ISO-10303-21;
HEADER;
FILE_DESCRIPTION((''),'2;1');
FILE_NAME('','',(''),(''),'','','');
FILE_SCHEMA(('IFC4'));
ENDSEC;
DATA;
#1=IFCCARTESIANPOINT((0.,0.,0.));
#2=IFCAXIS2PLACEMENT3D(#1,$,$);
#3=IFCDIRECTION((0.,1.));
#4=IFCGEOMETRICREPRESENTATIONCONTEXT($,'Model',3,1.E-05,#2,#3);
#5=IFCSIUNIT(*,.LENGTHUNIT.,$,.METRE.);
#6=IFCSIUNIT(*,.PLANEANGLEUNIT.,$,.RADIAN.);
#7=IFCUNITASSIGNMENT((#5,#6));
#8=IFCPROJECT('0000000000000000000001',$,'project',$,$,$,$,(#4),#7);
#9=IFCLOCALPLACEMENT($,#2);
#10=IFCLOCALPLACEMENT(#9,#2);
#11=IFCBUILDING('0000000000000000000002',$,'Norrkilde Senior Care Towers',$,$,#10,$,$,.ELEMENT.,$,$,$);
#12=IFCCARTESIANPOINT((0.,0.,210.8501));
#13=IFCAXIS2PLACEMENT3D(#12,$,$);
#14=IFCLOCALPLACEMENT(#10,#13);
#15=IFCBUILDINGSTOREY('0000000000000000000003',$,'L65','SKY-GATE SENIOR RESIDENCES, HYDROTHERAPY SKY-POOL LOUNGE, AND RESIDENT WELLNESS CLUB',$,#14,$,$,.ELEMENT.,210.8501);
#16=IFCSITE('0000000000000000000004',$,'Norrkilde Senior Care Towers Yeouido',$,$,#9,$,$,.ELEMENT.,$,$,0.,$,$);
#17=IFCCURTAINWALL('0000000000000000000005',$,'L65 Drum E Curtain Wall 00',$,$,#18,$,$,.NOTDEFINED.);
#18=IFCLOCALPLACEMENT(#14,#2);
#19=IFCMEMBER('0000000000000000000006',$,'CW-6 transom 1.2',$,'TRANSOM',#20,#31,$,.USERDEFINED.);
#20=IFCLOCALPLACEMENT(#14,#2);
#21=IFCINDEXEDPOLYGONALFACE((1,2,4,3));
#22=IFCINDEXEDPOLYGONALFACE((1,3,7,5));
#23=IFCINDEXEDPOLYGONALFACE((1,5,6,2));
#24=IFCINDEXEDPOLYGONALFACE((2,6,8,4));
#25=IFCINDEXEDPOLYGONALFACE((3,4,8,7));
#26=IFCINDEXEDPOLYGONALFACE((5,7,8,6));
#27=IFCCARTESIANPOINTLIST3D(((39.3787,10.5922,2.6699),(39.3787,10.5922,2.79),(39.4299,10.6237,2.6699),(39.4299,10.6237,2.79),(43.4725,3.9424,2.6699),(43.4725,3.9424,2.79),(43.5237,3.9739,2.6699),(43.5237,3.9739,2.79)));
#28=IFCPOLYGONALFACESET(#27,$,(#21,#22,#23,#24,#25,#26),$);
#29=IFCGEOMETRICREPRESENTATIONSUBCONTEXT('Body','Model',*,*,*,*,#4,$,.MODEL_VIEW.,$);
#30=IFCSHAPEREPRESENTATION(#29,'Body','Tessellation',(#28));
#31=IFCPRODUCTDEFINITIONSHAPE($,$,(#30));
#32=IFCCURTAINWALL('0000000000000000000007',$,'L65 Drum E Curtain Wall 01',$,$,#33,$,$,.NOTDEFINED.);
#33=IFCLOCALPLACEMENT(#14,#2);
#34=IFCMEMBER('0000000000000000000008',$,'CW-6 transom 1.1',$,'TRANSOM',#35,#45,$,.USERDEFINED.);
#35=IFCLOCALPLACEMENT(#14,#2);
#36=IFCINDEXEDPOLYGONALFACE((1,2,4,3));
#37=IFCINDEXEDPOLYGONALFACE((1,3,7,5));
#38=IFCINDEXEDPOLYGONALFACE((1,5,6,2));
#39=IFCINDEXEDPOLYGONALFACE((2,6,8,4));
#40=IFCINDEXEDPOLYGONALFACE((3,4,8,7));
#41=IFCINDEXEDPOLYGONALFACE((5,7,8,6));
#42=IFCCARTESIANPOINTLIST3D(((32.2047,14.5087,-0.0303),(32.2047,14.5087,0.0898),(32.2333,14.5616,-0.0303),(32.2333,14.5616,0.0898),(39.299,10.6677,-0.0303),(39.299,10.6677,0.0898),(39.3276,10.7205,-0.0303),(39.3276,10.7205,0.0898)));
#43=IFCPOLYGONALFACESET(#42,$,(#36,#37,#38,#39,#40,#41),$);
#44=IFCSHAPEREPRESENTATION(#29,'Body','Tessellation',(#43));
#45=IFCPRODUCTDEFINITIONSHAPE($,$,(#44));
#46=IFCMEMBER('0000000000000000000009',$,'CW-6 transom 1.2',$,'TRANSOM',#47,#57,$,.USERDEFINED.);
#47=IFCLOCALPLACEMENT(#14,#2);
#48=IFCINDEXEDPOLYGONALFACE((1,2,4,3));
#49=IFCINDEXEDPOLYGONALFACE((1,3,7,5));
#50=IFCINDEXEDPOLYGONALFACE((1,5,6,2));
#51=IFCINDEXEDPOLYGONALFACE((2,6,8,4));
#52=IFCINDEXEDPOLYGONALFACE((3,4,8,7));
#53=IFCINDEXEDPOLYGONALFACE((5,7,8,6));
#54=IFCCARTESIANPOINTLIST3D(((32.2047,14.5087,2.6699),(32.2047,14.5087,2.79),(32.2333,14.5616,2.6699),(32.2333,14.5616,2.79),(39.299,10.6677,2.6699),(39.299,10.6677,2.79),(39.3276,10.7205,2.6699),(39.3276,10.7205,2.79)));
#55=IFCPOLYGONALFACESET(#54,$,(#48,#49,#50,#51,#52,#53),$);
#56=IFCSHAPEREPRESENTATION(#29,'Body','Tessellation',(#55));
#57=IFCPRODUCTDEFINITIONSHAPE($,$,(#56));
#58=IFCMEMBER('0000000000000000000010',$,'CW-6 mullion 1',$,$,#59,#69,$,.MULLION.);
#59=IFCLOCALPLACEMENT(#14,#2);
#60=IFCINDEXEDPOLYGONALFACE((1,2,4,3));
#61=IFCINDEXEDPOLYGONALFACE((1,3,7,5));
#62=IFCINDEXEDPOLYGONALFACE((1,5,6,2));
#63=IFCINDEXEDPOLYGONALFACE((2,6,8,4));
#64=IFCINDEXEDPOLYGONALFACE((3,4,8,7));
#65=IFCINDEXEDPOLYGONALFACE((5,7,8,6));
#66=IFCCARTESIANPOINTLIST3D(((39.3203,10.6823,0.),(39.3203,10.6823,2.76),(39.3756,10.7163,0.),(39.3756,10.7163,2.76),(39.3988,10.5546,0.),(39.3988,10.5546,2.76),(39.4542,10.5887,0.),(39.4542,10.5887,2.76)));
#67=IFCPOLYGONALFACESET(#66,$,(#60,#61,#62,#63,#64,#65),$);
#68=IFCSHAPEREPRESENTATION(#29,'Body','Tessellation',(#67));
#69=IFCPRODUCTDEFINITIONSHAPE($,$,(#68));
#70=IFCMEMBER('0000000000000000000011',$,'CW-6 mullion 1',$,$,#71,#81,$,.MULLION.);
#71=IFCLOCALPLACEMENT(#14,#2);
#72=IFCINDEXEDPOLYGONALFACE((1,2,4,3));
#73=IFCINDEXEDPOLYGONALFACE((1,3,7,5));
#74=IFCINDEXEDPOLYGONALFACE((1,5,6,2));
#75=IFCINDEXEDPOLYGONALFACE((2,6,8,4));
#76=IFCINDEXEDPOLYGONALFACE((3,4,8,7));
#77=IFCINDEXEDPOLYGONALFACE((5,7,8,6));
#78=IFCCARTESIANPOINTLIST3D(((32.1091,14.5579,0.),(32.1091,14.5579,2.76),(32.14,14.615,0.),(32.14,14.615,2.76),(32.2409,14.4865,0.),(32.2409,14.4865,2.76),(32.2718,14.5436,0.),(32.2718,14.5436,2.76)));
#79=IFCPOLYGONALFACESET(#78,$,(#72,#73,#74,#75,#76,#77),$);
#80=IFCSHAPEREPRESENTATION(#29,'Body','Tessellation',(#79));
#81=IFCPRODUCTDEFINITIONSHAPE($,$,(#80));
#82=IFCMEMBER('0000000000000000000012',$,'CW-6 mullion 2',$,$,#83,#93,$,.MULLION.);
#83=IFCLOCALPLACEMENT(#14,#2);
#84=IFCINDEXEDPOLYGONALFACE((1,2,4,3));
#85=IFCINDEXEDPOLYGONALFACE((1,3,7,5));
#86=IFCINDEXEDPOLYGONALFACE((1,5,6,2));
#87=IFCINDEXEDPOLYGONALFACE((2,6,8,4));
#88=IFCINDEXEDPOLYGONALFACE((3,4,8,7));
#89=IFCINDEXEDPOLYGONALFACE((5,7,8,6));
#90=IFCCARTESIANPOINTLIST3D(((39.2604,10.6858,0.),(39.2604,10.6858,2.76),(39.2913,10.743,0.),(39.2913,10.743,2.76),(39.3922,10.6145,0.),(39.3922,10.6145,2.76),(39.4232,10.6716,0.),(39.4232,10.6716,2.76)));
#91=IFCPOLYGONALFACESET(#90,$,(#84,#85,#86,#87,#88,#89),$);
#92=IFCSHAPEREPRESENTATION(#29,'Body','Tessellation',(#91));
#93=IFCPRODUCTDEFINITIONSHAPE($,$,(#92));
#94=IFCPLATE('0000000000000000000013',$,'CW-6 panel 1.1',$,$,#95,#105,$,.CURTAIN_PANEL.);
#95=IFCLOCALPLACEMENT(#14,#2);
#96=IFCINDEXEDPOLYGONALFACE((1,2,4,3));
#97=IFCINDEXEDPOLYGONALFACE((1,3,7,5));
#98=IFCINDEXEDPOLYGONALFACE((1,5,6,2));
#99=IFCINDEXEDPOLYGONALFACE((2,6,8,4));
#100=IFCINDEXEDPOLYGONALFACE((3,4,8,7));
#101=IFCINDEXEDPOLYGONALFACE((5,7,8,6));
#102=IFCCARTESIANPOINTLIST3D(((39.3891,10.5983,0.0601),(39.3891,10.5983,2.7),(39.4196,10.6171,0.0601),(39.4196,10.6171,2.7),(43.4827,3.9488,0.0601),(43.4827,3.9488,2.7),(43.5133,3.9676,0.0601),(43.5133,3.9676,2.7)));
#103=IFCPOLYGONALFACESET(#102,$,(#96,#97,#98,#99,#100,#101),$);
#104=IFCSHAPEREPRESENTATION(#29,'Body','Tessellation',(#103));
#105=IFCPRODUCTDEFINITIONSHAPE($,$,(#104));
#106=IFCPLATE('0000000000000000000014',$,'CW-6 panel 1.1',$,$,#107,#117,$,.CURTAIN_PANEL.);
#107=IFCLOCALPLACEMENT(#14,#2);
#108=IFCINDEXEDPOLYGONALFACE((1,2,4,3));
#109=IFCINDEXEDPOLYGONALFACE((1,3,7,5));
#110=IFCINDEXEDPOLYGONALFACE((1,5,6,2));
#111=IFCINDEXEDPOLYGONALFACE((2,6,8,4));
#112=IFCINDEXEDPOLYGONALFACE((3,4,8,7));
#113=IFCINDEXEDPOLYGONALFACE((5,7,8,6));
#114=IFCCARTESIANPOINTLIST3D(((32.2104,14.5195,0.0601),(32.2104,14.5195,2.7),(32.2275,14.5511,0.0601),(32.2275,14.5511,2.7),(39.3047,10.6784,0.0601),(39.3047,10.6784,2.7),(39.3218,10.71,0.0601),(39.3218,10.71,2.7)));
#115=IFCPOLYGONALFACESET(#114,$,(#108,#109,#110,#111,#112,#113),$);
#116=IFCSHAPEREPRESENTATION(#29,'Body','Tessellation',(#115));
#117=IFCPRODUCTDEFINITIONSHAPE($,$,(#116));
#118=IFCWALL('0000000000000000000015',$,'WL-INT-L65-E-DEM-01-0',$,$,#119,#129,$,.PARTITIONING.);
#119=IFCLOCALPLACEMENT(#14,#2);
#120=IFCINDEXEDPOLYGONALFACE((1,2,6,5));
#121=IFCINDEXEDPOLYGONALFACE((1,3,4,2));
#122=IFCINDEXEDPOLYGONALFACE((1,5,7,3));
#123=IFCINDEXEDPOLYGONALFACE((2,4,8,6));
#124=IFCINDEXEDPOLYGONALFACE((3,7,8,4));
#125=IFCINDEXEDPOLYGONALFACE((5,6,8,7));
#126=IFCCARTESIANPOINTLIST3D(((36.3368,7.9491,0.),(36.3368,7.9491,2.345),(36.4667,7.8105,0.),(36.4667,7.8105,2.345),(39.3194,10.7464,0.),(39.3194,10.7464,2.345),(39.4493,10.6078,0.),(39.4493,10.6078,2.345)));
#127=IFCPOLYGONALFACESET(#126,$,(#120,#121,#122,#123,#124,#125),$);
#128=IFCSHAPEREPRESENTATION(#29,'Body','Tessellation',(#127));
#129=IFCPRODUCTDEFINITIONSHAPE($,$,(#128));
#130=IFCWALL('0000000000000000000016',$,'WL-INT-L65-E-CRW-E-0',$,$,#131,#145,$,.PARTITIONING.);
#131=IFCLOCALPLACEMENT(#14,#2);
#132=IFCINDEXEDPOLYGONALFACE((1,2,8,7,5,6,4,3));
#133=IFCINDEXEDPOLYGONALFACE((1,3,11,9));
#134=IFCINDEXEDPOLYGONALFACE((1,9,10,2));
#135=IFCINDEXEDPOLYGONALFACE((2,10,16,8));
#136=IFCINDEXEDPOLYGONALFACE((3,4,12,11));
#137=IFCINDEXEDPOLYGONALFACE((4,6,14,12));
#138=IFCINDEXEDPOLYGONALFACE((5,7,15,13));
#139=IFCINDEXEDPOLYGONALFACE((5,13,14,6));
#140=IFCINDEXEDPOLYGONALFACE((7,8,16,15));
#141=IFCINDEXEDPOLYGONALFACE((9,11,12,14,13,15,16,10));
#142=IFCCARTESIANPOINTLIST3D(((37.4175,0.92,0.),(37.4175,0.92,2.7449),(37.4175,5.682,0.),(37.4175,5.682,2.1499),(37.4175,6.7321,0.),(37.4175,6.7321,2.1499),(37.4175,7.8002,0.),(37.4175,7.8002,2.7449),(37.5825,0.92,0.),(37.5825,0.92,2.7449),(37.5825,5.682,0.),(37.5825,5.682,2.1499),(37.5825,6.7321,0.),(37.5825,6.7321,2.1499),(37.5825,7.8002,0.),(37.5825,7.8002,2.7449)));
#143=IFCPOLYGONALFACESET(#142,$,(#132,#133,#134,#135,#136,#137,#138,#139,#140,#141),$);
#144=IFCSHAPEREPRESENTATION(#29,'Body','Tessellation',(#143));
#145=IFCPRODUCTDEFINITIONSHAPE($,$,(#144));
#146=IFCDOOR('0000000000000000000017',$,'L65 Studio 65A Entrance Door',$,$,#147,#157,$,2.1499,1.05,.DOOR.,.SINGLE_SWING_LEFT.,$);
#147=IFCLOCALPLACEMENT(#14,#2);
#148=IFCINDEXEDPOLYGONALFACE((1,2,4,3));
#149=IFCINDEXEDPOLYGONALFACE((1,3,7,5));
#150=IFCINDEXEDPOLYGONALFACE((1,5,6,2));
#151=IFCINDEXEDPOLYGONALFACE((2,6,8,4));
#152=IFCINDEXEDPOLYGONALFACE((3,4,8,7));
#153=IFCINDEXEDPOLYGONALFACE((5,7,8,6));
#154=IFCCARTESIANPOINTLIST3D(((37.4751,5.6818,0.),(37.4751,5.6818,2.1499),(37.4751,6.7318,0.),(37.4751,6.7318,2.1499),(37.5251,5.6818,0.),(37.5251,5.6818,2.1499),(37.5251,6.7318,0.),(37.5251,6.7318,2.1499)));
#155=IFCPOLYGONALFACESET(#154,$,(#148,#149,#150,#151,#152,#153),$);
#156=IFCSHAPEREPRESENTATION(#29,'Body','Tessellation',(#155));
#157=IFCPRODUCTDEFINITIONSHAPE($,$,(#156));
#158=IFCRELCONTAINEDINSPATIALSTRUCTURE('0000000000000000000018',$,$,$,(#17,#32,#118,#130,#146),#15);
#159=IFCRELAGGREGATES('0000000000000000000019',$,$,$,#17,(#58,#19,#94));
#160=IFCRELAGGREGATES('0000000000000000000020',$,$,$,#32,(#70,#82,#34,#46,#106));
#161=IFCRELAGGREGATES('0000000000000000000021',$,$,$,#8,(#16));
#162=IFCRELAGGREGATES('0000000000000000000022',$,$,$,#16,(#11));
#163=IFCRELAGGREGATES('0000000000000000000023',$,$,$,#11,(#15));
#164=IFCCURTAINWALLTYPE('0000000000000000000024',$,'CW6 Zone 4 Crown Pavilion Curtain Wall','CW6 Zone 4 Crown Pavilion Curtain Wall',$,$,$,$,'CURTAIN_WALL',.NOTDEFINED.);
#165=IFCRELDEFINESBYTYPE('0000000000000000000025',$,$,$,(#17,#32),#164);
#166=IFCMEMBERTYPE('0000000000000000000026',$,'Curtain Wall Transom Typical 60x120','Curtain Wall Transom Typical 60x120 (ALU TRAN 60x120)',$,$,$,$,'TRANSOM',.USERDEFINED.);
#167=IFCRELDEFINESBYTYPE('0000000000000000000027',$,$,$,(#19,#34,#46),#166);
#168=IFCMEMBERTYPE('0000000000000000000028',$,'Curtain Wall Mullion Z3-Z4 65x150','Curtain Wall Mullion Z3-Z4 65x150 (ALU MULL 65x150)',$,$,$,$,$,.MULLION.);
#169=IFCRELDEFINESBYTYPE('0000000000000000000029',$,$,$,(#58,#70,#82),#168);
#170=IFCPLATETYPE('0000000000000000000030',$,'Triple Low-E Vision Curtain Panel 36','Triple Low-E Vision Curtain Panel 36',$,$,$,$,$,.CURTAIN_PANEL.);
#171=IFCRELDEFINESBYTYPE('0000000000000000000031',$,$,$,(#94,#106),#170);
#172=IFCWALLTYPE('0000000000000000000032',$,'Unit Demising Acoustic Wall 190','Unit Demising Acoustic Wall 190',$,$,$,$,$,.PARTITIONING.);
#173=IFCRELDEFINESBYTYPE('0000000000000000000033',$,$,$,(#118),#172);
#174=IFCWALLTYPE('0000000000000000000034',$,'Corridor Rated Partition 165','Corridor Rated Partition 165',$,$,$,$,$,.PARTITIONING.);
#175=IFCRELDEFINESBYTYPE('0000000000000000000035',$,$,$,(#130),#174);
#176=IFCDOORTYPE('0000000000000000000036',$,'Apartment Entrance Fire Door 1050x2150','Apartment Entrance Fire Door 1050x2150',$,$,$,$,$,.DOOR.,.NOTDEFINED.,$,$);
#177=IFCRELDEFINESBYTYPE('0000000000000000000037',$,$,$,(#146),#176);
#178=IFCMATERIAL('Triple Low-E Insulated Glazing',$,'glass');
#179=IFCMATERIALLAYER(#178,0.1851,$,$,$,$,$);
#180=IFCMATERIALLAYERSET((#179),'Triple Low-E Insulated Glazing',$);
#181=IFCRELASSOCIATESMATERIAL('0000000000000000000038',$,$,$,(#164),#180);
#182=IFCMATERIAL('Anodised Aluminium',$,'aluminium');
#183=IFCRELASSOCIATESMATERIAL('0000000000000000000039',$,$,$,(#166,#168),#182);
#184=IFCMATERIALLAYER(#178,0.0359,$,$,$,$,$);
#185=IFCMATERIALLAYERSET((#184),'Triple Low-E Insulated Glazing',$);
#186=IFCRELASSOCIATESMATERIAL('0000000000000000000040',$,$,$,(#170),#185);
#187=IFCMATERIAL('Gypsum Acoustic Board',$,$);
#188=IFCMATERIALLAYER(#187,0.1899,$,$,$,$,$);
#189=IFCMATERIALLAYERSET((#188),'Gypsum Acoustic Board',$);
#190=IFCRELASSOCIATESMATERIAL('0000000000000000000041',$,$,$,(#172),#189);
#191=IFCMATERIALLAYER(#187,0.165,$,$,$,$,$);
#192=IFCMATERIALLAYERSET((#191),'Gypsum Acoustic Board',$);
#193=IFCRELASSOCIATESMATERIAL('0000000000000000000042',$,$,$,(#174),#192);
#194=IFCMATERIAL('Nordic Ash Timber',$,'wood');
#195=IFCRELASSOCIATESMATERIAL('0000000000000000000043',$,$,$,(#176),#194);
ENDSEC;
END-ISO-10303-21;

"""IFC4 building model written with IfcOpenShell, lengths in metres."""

from ifc_helpers import new_model, si_unit, direction, frame, frame_2d, origin, origin_2d, place, context, subcontext, project, spatial, rectangle, extrude, source, transform, mapped, material, layer, layer_set, material_profile, profile_set, type_object, type_shapes, element, fill, aggregate, save


model = new_model("IFC4")

# Units and contexts
model_context = context("Model", 3, precision=1e-05, world=origin(), true_north=direction((0.0, 1.0)))
body_context = subcontext(model_context, "Body", "Model", "MODEL_VIEW")
ifc_project = project(units=[si_unit("LENGTHUNIT", "METRE"), si_unit("PLANEANGLEUNIT", "RADIAN")], contexts=[model_context])

# Site, building, storey
site_placement = place(None, origin())
site = spatial("IfcSite", under=ifc_project, at=site_placement, Name="Norrkilde Senior Care Towers Yeouido", CompositionType="ELEMENT", RefElevation=0.0)
building_placement = place(site_placement, origin())
building = spatial("IfcBuilding", under=site, at=building_placement, Name="Norrkilde Senior Care Towers", CompositionType="ELEMENT")
storey_placement = place(building_placement, frame((0.0, 0.0, 210.8501)))
storey = spatial("IfcBuildingStorey", under=building, at=storey_placement, Name="L65", Description="SKY-GATE SENIOR RESIDENCES, HYDROTHERAPY SKY-POOL LOUNGE, AND RESIDENT WELLNESS CLUB", CompositionType="ELEMENT", Elevation=210.8501)

# Curtain walls, members
ifc_material_1 = material(Name="Triple Low-E Insulated Glazing", Category="glass")
ifc_layer_1 = layer(ifc_material_1, 0.1851)
ifc_layer_set_1 = layer_set([ifc_layer_1], Name="Triple Low-E Insulated Glazing")
curtain_wall_type = type_object("IfcCurtainWallType", Name="CW6 Zone 4 Crown Pavilion Curtain Wall", Description="CW6 Zone 4 Crown Pavilion Curtain Wall", ElementType="CURTAIN_WALL", PredefinedType="NOTDEFINED", material=ifc_layer_set_1)
curtain_wall_1_placement = place(storey_placement, origin())
curtain_wall_1 = element("IfcCurtainWall", 1, at=curtain_wall_1_placement, inside=storey, type_object=curtain_wall_type, Name="L65 Drum E Curtain Wall 00", PredefinedType="NOTDEFINED")
ifc_material_2 = material(Name="Anodised Aluminium", Category="aluminium")
ifc_material_profile_1 = material_profile(ifc_material_2, rectangle(XDim=0.0601, YDim=0.1201, at=origin_2d()), Name="ALU TRAN 60x120")
ifc_profile_set_1 = profile_set([ifc_material_profile_1], Name="Anodised Aluminium")
member_type_1 = type_object("IfcMemberType", Name="Curtain Wall Transom Typical 60x120", Description="Curtain Wall Transom Typical 60x120 (ALU TRAN 60x120)", ElementType="TRANSOM", PredefinedType="USERDEFINED", material=ifc_profile_set_1)
shared_shape_1 = source(origin(), body_context, "Body", "SweptSolid", [
    extrude(rectangle(XDim=0.0601, YDim=0.1201, at=origin_2d()), origin(), (0.0, 0.0, 1.0), 7.8088),
])
member_1_placement = place(storey_placement, frame((39.4043, 10.6079, 2.73), z_axis=(0.524251, -0.851564, 0.0), x_axis=(0.851564, 0.524251, 0.0)))
member_1 = element("IfcMember", 2, at=member_1_placement, type_object=member_type_1, Name="CW-6 transom 1.2", ObjectType="TRANSOM", PredefinedType="USERDEFINED", context=body_context, shape_type="MappedRepresentation", body=[
    mapped(shared_shape_1, transform((0.0, 0.0, 0.0), x_axis=(1.0, 0.0, 0.0), y_axis=(0.0, 1.0, 0.0), z_axis=(0.0, 0.0, 1.0), scale=1.0)),
])
curtain_wall_2_placement = place(storey_placement, origin())
curtain_wall_2 = element("IfcCurtainWall", 3, at=curtain_wall_2_placement, inside=storey, type_object=curtain_wall_type, Name="L65 Drum E Curtain Wall 01", PredefinedType="NOTDEFINED")
shared_shape_2 = source(origin(), body_context, "Body", "SweptSolid", [
    extrude(rectangle(XDim=0.0601, YDim=0.1201, at=origin_2d()), origin(), (0.0, 0.0, 1.0), 8.0674),
])
type_shapes(member_type_1, [shared_shape_1, shared_shape_2])
member_2_placement = place(storey_placement, frame((32.219, 14.5352, 0.0298), z_axis=(0.879378, -0.476125, 0.0), x_axis=(0.476125, 0.879378, 0.0)))
member_2 = element("IfcMember", 4, at=member_2_placement, type_object=member_type_1, Name="CW-6 transom 1.1", ObjectType="TRANSOM", PredefinedType="USERDEFINED", context=body_context, shape_type="MappedRepresentation", body=[
    mapped(shared_shape_2, transform((0.0, 0.0, 0.0), x_axis=(1.0, 0.0, 0.0), y_axis=(0.0, 1.0, 0.0), z_axis=(0.0, 0.0, 1.0), scale=1.0)),
])
member_3_placement = place(storey_placement, frame((32.219, 14.5352, 2.73), z_axis=(0.879378, -0.476125, 0.0), x_axis=(0.476125, 0.879378, 0.0)))
member_3 = element("IfcMember", 5, at=member_3_placement, type_object=member_type_1, Name="CW-6 transom 1.2", ObjectType="TRANSOM", PredefinedType="USERDEFINED", context=body_context, shape_type="MappedRepresentation", body=[
    mapped(shared_shape_2, transform((0.0, 0.0, 0.0), x_axis=(1.0, 0.0, 0.0), y_axis=(0.0, 1.0, 0.0), z_axis=(0.0, 0.0, 1.0), scale=1.0)),
])

# Members
ifc_material_profile_2 = material_profile(ifc_material_2, rectangle(XDim=0.0649, YDim=0.1499, at=origin_2d()), Name="ALU MULL 65x150")
ifc_profile_set_2 = profile_set([ifc_material_profile_2], Name="Anodised Aluminium")
member_type_2 = type_object("IfcMemberType", Name="Curtain Wall Mullion Z3-Z4 65x150", Description="Curtain Wall Mullion Z3-Z4 65x150 (ALU MULL 65x150)", PredefinedType="MULLION", material=ifc_profile_set_2)
shared_shape_3 = source(origin(), body_context, "Body", "SweptSolid", [
    extrude(rectangle(XDim=0.0649, YDim=0.1499, at=origin_2d()), origin(), (0.0, 0.0, 1.0), 2.76),
])
type_shapes(member_type_2, [shared_shape_3])
member_4_placement = place(storey_placement, frame((39.3872, 10.6355, 0.0), z_axis=(0.0, 0.0, 1.0), x_axis=(0.851563, 0.524253, 0.0)))
member_4 = element("IfcMember", 6, at=member_4_placement, type_object=member_type_2, Name="CW-6 mullion 1", PredefinedType="MULLION", context=body_context, shape_type="MappedRepresentation", body=[
    mapped(shared_shape_3, transform((0.0, 0.0, 0.0), x_axis=(1.0, 0.0, 0.0), y_axis=(0.0, 1.0, 0.0), z_axis=(0.0, 0.0, 1.0), scale=1.0)),
])
member_5_placement = place(storey_placement, frame((32.1904, 14.5508, 0.0), z_axis=(0.0, 0.0, 1.0), x_axis=(0.476133, 0.879373, 0.0)))
member_5 = element("IfcMember", 7, at=member_5_placement, type_object=member_type_2, Name="CW-6 mullion 1", PredefinedType="MULLION", context=body_context, shape_type="MappedRepresentation", body=[
    mapped(shared_shape_3, transform((0.0, 0.0, 0.0), x_axis=(1.0, 0.0, 0.0), y_axis=(0.0, 1.0, 0.0), z_axis=(0.0, 0.0, 1.0), scale=1.0)),
])
member_6_placement = place(storey_placement, frame((39.3418, 10.6787, 0.0), z_axis=(0.0, 0.0, 1.0), x_axis=(0.476133, 0.879373, 0.0)))
member_6 = element("IfcMember", 8, at=member_6_placement, type_object=member_type_2, Name="CW-6 mullion 2", PredefinedType="MULLION", context=body_context, shape_type="MappedRepresentation", body=[
    mapped(shared_shape_3, transform((0.0, 0.0, 0.0), x_axis=(1.0, 0.0, 0.0), y_axis=(0.0, 1.0, 0.0), z_axis=(0.0, 0.0, 1.0), scale=1.0)),
])

# Plates
ifc_layer_2 = layer(ifc_material_1, 0.0359)
ifc_layer_set_2 = layer_set([ifc_layer_2], Name="Triple Low-E Insulated Glazing")
plate_type = type_object("IfcPlateType", Name="Triple Low-E Vision Curtain Panel 36", Description="Triple Low-E Vision Curtain Panel 36", PredefinedType="CURTAIN_PANEL", material=ifc_layer_set_2)
shared_shape_4 = source(origin(), body_context, "Body", "SweptSolid", [
    extrude(rectangle(XDim=7.8086, YDim=0.0359, at=origin_2d()), origin(), (0.0, 0.0, 1.0), 2.6399),
])
plate_1_placement = place(storey_placement, frame((41.4512, 7.283, 0.0601), z_axis=(0.0, 0.0, 1.0), x_axis=(0.524253, -0.851563, 0.0)))
plate_1 = element("IfcPlate", 9, at=plate_1_placement, type_object=plate_type, Name="CW-6 panel 1.1", PredefinedType="CURTAIN_PANEL", context=body_context, shape_type="MappedRepresentation", body=[
    mapped(shared_shape_4, transform((0.0, 0.0, 0.0), x_axis=(1.0, 0.0, 0.0), y_axis=(0.0, 1.0, 0.0), z_axis=(0.0, 0.0, 1.0), scale=1.0)),
])
aggregate(curtain_wall_1, [member_4, member_1, plate_1])
shared_shape_5 = source(origin(), body_context, "Body", "SweptSolid", [
    extrude(rectangle(XDim=8.0674, YDim=0.0359, at=origin_2d()), origin(), (0.0, 0.0, 1.0), 2.6399),
])
type_shapes(plate_type, [shared_shape_4, shared_shape_5])
plate_2_placement = place(storey_placement, frame((35.7661, 12.6147, 0.0601), z_axis=(0.0, 0.0, 1.0), x_axis=(0.879373, -0.476133, 0.0)))
plate_2 = element("IfcPlate", 10, at=plate_2_placement, type_object=plate_type, Name="CW-6 panel 1.1", PredefinedType="CURTAIN_PANEL", context=body_context, shape_type="MappedRepresentation", body=[
    mapped(shared_shape_5, transform((0.0, 0.0, 0.0), x_axis=(1.0, 0.0, 0.0), y_axis=(0.0, 1.0, 0.0), z_axis=(0.0, 0.0, 1.0), scale=1.0)),
])
aggregate(curtain_wall_2, [member_5, member_6, member_2, member_3, plate_2])

# Wall
ifc_material_3 = material(Name="Gypsum Acoustic Board")
ifc_layer_3 = layer(ifc_material_3, 0.1899)
ifc_layer_set_3 = layer_set([ifc_layer_3], Name="Gypsum Acoustic Board")
wall_type_1 = type_object("IfcWallType", Name="Unit Demising Acoustic Wall 190", Description="Unit Demising Acoustic Wall 190", PredefinedType="PARTITIONING", material=ifc_layer_set_3)
shared_shape_6 = source(origin(), body_context, "Body", "SweptSolid", [
    extrude(rectangle(XDim=4.0891, YDim=0.1899, at=frame_2d((2.0444, 0.0))), origin(), (0.0, 0.0, 1.0), 2.345),
])
type_shapes(wall_type_1, [shared_shape_6])
wall_1_placement = place(storey_placement, frame((36.4019, 7.8799, 0.0), z_axis=(0.0, 0.0, 1.0), x_axis=(0.729401, 0.684086, 0.0)))
element("IfcWall", 11, at=wall_1_placement, inside=storey, type_object=wall_type_1, Name="WL-INT-L65-E-DEM-01-0", PredefinedType="PARTITIONING", context=body_context, shape_type="MappedRepresentation", body=[
    mapped(shared_shape_6, transform((0.0, 0.0, 0.0), x_axis=(1.0, 0.0, 0.0), y_axis=(0.0, 1.0, 0.0), z_axis=(0.0, 0.0, 1.0), scale=1.0)),
])

# Wall, opening, door
ifc_layer_4 = layer(ifc_material_3, 0.165)
ifc_layer_set_4 = layer_set([ifc_layer_4], Name="Gypsum Acoustic Board")
wall_type_2 = type_object("IfcWallType", Name="Corridor Rated Partition 165", Description="Corridor Rated Partition 165", PredefinedType="PARTITIONING", material=ifc_layer_set_4)
shared_shape_7 = source(origin(), body_context, "Body", "SweptSolid", [
    extrude(rectangle(XDim=6.8801, YDim=0.165, at=frame_2d((3.4399, 0.0))), origin(), (0.0, 0.0, 1.0), 2.7449),
])
type_shapes(wall_type_2, [shared_shape_7])
wall_2_placement = place(storey_placement, frame((37.5, 7.8, 0.0), z_axis=(0.0, 0.0, 1.0), x_axis=(0.0, -1.0, 0.0)))
wall_2 = element("IfcWall", 12, at=wall_2_placement, inside=storey, type_object=wall_type_2, Name="WL-INT-L65-E-CRW-E-0", PredefinedType="PARTITIONING", context=body_context, shape_type="MappedRepresentation", body=[
    mapped(shared_shape_7, transform((0.0, 0.0, 0.0), x_axis=(1.0, 0.0, 0.0), y_axis=(0.0, 1.0, 0.0), z_axis=(0.0, 0.0, 1.0), scale=1.0)),
])
opening_placement = place(wall_2_placement, frame((1.0681, 0.0, 0.0)))
opening = element("IfcOpeningElement", 13, at=opening_placement, cuts=wall_2, PredefinedType="OPENING", context=body_context, shape_type="SweptSolid", body=[
    extrude(rectangle(XDim=1.05, YDim=2.1499, at=frame_2d((0.5249, 1.075))), frame((0.0, 0.0925, 0.0), z_axis=(0.0, -1.0, 0.0), x_axis=(1.0, 0.0, 0.0)), (0.0, 0.0, 1.0), 0.1851),
])
ifc_material_4 = material(Name="Nordic Ash Timber", Category="wood")
door_type = type_object("IfcDoorType", Name="Apartment Entrance Fire Door 1050x2150", Description="Apartment Entrance Fire Door 1050x2150", OperationType="NOTDEFINED", PredefinedType="DOOR", material=ifc_material_4)
shared_shape_8 = source(origin(), body_context, "Body", "SweptSolid", [
    extrude(rectangle(XDim=1.05, YDim=2.1499, at=frame_2d((0.5249, 1.075))), frame((0.0, 0.0249, 0.0), z_axis=(0.0, -1.0, 0.0), x_axis=(1.0, 0.0, 0.0)), (0.0, 0.0, 1.0), 0.05),
])
type_shapes(door_type, [shared_shape_8])
door_placement = place(opening_placement, frame((1.05, 0.0, 0.0), z_axis=(0.0, 0.0, 1.0), x_axis=(-1.0, 0.0, 0.0)))
door = element("IfcDoor", 14, at=door_placement, inside=storey, type_object=door_type, Name="L65 Studio 65A Entrance Door", OperationType="SINGLE_SWING_LEFT", OverallHeight=2.1499, OverallWidth=1.05, PredefinedType="DOOR", context=body_context, shape_type="MappedRepresentation", body=[
    mapped(shared_shape_8, transform((0.0, 0.0, 0.0), x_axis=(1.0, 0.0, 0.0), y_axis=(0.0, 1.0, 0.0), z_axis=(0.0, 0.0, 1.0), scale=1.0)),
])
fill(opening, door)

save(model, "model.ifc")
